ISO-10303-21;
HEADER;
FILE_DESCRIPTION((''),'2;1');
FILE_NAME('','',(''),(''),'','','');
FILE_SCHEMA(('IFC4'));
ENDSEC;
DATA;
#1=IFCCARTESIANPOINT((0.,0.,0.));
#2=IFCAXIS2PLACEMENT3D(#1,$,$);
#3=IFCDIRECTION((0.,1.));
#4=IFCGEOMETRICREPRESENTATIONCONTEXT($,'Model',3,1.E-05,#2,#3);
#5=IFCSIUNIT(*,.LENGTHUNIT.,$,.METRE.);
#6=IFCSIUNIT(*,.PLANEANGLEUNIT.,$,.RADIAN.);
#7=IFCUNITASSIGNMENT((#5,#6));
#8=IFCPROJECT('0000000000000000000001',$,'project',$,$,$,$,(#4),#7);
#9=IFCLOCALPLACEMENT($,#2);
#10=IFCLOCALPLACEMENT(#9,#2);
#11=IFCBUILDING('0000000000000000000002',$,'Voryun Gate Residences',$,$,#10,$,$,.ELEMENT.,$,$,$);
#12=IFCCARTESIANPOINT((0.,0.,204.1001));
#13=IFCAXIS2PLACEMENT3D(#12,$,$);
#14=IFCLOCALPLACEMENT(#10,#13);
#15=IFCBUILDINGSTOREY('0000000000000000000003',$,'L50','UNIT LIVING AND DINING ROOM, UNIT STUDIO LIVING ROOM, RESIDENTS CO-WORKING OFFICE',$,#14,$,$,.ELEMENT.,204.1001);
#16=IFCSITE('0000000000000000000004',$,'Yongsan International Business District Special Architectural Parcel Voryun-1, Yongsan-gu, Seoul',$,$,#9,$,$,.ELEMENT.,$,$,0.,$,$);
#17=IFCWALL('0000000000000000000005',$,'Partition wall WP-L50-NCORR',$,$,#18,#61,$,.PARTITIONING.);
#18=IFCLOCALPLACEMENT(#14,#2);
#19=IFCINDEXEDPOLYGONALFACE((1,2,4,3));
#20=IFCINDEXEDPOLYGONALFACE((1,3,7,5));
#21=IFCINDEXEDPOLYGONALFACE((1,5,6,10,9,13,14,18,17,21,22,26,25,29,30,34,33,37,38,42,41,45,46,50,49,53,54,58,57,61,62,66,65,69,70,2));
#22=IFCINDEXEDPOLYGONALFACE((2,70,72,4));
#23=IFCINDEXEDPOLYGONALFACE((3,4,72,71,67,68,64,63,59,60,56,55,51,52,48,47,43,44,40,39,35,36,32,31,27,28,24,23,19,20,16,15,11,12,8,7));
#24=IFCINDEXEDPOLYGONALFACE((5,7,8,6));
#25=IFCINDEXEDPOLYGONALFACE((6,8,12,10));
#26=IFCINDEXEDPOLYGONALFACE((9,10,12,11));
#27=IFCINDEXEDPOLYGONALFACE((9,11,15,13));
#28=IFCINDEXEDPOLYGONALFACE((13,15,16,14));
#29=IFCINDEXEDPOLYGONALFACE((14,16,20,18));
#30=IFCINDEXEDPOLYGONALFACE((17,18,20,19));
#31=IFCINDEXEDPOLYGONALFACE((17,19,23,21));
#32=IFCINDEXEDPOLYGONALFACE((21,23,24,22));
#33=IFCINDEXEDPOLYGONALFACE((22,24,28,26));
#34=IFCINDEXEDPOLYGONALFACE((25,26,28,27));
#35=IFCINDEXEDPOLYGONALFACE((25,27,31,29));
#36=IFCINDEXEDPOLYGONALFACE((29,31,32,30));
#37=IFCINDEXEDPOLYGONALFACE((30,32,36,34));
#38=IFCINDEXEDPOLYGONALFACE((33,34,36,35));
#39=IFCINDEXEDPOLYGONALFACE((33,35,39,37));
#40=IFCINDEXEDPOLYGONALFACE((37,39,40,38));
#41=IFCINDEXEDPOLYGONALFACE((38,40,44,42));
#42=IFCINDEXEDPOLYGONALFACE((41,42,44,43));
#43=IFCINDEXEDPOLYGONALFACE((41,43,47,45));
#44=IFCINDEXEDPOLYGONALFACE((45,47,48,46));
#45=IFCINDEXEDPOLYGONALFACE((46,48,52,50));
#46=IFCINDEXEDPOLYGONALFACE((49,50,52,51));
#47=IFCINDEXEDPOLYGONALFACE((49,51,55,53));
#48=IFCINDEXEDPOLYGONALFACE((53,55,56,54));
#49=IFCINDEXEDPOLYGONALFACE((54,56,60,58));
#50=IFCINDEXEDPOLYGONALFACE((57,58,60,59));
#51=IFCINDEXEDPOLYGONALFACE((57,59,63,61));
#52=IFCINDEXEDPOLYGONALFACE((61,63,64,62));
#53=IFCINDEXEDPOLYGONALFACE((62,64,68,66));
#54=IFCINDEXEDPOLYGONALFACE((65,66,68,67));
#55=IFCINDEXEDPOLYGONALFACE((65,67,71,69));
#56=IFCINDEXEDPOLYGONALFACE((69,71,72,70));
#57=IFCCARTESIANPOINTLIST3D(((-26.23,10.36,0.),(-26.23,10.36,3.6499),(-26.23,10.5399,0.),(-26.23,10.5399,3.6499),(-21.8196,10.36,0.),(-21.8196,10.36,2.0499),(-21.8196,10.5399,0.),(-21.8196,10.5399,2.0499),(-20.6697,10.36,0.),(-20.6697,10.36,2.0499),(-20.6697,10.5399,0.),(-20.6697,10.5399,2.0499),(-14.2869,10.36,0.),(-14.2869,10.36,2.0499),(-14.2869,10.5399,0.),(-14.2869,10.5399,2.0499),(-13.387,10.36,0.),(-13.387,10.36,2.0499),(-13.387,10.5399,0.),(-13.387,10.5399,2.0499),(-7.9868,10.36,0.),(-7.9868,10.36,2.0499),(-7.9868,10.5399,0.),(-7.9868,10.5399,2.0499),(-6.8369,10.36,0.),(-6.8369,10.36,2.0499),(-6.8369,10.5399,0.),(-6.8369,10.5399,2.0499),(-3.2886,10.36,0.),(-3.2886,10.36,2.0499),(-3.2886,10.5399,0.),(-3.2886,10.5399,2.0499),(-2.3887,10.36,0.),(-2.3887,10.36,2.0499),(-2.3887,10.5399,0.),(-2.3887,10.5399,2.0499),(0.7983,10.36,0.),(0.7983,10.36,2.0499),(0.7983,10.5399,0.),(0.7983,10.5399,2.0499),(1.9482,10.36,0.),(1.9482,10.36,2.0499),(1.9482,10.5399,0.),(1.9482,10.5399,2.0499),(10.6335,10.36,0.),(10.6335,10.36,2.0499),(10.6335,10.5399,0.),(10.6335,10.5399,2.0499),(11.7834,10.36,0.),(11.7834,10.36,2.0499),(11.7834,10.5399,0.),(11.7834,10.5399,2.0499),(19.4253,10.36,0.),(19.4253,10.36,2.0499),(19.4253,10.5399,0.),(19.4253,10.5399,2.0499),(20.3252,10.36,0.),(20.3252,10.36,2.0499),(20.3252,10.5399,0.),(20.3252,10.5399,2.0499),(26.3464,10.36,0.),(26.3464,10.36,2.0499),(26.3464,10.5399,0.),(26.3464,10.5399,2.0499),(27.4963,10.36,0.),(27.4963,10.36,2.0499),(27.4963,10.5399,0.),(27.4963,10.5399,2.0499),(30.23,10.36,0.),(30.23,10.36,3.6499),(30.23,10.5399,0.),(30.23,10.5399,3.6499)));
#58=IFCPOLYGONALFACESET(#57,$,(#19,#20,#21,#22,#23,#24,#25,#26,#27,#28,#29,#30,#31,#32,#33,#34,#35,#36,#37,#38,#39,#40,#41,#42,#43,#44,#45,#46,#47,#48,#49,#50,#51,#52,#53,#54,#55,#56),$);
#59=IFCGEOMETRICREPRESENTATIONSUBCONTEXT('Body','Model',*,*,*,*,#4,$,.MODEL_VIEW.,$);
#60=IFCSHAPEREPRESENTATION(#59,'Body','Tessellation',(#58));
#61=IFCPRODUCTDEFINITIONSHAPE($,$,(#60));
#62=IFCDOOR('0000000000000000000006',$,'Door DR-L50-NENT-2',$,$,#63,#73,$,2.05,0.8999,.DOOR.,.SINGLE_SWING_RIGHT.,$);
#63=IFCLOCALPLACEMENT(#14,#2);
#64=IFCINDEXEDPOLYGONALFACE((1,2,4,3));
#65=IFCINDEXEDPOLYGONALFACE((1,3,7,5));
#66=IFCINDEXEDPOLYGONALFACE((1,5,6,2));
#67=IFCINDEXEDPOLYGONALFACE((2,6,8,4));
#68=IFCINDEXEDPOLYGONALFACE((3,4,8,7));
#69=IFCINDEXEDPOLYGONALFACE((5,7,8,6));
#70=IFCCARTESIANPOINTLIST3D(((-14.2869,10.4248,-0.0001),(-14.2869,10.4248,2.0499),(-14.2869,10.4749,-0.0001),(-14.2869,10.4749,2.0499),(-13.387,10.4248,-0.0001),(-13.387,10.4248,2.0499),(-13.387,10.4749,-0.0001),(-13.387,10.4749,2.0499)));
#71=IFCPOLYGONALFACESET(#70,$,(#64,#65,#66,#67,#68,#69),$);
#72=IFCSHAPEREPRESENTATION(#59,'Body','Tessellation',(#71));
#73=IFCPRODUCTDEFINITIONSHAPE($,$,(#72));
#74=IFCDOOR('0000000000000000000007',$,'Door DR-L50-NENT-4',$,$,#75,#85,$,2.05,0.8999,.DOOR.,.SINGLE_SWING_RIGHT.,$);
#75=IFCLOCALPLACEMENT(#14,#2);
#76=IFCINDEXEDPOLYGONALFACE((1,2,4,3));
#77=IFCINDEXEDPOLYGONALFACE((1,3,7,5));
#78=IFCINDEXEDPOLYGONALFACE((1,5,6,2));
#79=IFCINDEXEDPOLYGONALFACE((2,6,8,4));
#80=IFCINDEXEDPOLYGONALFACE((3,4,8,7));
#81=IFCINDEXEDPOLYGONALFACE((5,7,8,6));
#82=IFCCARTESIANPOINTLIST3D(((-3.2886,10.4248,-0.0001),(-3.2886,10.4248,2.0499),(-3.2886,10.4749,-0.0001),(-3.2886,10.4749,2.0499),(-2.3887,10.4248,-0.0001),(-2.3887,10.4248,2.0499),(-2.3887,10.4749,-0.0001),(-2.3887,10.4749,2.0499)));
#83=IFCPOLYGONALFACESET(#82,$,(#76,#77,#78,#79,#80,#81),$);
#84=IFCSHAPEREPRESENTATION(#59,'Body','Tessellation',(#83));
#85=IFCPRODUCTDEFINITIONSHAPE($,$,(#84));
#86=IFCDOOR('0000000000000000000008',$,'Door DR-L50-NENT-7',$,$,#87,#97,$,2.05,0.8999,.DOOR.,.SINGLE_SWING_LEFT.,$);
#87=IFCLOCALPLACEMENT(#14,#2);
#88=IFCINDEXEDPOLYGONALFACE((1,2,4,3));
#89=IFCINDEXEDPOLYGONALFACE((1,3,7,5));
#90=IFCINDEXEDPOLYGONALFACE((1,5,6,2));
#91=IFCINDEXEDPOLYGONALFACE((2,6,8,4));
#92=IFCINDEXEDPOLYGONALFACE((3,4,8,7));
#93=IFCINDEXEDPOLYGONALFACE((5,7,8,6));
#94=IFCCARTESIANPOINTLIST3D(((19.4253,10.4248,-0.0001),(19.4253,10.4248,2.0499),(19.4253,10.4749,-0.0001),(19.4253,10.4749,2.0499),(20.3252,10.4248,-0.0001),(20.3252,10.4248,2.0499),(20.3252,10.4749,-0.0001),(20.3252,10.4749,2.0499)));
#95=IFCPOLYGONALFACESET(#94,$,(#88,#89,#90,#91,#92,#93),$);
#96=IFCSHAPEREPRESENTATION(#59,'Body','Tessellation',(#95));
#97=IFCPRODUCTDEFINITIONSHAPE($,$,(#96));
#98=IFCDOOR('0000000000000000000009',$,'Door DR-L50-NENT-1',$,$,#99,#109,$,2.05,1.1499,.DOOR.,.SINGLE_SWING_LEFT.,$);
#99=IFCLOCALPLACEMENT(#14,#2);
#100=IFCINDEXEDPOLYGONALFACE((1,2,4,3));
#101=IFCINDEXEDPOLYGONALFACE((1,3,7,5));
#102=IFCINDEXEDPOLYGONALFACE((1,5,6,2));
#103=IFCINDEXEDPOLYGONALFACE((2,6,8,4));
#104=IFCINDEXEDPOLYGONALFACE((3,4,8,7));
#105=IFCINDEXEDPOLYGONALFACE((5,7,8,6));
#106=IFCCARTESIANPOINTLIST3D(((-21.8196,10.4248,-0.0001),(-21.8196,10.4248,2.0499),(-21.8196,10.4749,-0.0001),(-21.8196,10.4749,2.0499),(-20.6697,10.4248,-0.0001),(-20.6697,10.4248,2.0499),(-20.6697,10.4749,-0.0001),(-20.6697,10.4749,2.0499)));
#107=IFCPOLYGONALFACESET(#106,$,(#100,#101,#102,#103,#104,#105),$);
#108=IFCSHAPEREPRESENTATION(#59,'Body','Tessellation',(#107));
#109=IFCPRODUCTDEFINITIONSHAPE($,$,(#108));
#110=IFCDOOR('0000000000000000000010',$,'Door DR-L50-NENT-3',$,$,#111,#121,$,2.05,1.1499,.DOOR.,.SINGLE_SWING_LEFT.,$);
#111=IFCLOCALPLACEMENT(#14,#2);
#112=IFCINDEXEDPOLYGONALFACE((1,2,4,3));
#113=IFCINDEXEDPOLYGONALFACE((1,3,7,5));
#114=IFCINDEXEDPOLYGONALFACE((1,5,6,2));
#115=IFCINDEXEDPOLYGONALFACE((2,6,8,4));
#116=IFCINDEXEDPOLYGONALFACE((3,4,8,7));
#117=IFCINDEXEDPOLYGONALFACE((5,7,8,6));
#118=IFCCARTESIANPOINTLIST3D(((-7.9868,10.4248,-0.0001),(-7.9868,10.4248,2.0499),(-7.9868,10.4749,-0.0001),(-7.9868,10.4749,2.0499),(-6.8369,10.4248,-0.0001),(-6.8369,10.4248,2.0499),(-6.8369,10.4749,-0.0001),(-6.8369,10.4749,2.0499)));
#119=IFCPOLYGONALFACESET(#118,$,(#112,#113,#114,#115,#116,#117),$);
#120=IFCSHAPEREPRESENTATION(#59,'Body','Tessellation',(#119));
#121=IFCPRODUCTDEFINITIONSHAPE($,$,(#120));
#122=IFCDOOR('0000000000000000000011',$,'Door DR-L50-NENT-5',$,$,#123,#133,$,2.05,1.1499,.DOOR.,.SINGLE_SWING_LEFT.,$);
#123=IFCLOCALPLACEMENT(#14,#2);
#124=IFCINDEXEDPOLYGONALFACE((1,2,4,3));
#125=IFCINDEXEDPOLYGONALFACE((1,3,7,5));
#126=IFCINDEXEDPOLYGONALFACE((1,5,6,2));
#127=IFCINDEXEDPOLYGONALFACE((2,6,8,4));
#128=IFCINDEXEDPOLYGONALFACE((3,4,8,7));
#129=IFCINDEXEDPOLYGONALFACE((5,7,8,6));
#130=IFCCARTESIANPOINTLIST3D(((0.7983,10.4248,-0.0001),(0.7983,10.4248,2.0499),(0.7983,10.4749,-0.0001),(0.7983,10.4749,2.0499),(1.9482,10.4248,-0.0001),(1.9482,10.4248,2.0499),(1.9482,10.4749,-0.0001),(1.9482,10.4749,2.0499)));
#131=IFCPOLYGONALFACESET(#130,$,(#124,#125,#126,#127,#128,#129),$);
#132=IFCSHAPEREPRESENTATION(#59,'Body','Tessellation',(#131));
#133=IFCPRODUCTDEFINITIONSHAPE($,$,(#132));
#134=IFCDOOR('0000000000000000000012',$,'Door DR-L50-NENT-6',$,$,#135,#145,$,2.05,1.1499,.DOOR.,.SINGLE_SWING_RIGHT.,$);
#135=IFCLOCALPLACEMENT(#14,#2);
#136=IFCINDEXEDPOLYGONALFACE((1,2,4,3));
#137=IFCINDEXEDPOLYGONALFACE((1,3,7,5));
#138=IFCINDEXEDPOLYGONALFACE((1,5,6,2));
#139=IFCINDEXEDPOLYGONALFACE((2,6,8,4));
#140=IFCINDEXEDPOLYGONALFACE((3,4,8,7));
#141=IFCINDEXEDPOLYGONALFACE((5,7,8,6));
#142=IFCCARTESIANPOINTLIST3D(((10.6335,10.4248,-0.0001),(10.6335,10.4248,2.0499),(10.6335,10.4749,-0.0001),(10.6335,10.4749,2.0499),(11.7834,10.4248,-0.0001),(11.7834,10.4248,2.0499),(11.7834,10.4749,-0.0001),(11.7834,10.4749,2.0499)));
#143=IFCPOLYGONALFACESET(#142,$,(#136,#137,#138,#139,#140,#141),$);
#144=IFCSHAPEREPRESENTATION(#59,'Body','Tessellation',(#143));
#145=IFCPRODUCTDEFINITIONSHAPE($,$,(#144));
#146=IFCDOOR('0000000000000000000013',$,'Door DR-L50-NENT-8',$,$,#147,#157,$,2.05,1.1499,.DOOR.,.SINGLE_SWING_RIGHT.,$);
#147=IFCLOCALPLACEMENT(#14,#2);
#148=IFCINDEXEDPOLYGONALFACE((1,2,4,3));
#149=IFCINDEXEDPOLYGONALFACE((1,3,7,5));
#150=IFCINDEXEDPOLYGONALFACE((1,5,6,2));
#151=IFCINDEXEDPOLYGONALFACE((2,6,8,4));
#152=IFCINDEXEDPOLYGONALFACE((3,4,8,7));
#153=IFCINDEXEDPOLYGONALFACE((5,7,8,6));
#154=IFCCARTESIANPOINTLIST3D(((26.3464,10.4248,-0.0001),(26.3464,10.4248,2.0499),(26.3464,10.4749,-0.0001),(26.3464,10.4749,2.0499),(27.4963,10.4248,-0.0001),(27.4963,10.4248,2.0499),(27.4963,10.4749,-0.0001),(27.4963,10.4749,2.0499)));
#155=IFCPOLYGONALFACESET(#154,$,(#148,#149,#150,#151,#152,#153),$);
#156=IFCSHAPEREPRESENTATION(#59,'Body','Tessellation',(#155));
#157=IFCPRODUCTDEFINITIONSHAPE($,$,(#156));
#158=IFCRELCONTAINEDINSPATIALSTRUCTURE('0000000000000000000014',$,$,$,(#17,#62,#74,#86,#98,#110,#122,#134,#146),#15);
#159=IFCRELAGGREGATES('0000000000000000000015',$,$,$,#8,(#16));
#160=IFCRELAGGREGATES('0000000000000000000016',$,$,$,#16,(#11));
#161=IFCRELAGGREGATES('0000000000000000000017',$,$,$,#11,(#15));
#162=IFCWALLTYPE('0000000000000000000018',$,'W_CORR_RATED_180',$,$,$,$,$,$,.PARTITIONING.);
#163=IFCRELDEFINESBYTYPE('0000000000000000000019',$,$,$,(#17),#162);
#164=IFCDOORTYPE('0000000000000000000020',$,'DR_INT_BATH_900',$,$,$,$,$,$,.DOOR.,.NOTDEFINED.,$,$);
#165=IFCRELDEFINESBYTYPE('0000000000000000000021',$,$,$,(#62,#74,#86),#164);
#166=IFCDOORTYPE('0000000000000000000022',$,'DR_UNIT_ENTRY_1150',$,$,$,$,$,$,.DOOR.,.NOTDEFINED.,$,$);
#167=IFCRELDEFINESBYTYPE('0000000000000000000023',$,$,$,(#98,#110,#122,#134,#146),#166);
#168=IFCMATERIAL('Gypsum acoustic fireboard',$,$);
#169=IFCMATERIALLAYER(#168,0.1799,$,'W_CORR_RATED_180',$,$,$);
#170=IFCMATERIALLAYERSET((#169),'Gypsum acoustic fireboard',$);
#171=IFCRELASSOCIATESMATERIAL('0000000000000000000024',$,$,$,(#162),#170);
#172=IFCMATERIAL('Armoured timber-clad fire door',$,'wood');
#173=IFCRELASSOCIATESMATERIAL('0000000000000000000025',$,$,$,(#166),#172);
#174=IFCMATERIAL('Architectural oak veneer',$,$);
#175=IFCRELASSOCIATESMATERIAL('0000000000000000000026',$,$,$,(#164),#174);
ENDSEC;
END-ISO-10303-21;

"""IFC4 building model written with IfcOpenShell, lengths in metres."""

from ifc_helpers import new_model, si_unit, direction, frame, frame_2d, origin, place, context, subcontext, project, spatial, rectangle, extrude, material, layer, layer_set, type_object, element, fill, save


model = new_model("IFC4")

# Units and contexts
model_context = context("Model", 3, precision=1e-05, world=origin(), true_north=direction((0.0, 1.0)))
body_context = subcontext(model_context, "Body", "Model", "MODEL_VIEW")
ifc_project = project(units=[si_unit("LENGTHUNIT", "METRE"), si_unit("PLANEANGLEUNIT", "RADIAN")], contexts=[model_context])

# Site, building, storey
site_placement = place(None, origin())
site = spatial("IfcSite", under=ifc_project, at=site_placement, Name="Yongsan International Business District Special Architectural Parcel Voryun-1, Yongsan-gu, Seoul", CompositionType="ELEMENT", RefElevation=0.0)
building_placement = place(site_placement, origin())
building = spatial("IfcBuilding", under=site, at=building_placement, Name="Voryun Gate Residences", CompositionType="ELEMENT")
storey_placement = place(building_placement, frame((0.0, 0.0, 204.1001)))
storey = spatial("IfcBuildingStorey", under=building, at=storey_placement, Name="L50", Description="UNIT LIVING AND DINING ROOM, UNIT STUDIO LIVING ROOM, RESIDENTS CO-WORKING OFFICE", CompositionType="ELEMENT", Elevation=204.1001)

# Shared definitions
ifc_material_1 = material(Name="Gypsum acoustic fireboard")
ifc_layer_1 = layer(ifc_material_1, 0.1799, Name="W_CORR_RATED_180")
ifc_layer_set_1 = layer_set([ifc_layer_1], Name="Gypsum acoustic fireboard")
wall_type_1 = type_object("IfcWallType", Name="W_CORR_RATED_180", PredefinedType="PARTITIONING", material=ifc_layer_set_1)
ifc_material_2 = material(Name="Armoured timber-clad fire door", Category="wood")
door_type_1 = type_object("IfcDoorType", Name="DR_UNIT_ENTRY_1150", OperationType="NOTDEFINED", PredefinedType="DOOR", material=ifc_material_2)

# Wall, openings, doors
wall_1_placement = place(storey_placement, frame((-26.23, 10.45, 0.0), z_axis=(0.0, 0.0, 1.0), x_axis=(1.0, 0.0, 0.0)))
wall_1 = element("IfcWall", 1, at=wall_1_placement, inside=storey, type_object=wall_type_1, Name="Partition wall WP-L50-NCORR", PredefinedType="PARTITIONING", context=body_context, shape_type="SweptSolid", body=[
    extrude(rectangle(XDim=56.46, YDim=0.1799, at=frame_2d((28.23, 0.0))), origin(), (0.0, 0.0, 1.0), 3.6499),
])
opening_1_placement = place(wall_1_placement, frame((4.4104, 0.0, 0.0)))
opening_1 = element("IfcOpeningElement", 2, at=opening_1_placement, cuts=wall_1, PredefinedType="OPENING", context=body_context, shape_type="SweptSolid", body=[
    extrude(rectangle(XDim=1.1499, YDim=2.05, at=frame_2d((0.575, 1.0249))), frame((0.0, 0.0999, 0.0), z_axis=(0.0, -1.0, 0.0), x_axis=(1.0, 0.0, 0.0)), (0.0, 0.0, 1.0), 0.2),
])
opening_2_placement = place(wall_1_placement, frame((11.9431, 0.0, 0.0)))
opening_2 = element("IfcOpeningElement", 3, at=opening_2_placement, cuts=wall_1, PredefinedType="OPENING", context=body_context, shape_type="SweptSolid", body=[
    extrude(rectangle(XDim=0.8999, YDim=2.05, at=frame_2d((0.45, 1.0249))), frame((0.0, 0.0999, 0.0), z_axis=(0.0, -1.0, 0.0), x_axis=(1.0, 0.0, 0.0)), (0.0, 0.0, 1.0), 0.2),
])
opening_3_placement = place(wall_1_placement, frame((18.2432, 0.0, 0.0)))
opening_3 = element("IfcOpeningElement", 4, at=opening_3_placement, cuts=wall_1, PredefinedType="OPENING", context=body_context, shape_type="SweptSolid", body=[
    extrude(rectangle(XDim=1.1499, YDim=2.05, at=frame_2d((0.575, 1.0249))), frame((0.0, 0.0999, 0.0), z_axis=(0.0, -1.0, 0.0), x_axis=(1.0, 0.0, 0.0)), (0.0, 0.0, 1.0), 0.2),
])
opening_4_placement = place(wall_1_placement, frame((22.9414, 0.0, 0.0)))
opening_4 = element("IfcOpeningElement", 5, at=opening_4_placement, cuts=wall_1, PredefinedType="OPENING", context=body_context, shape_type="SweptSolid", body=[
    extrude(rectangle(XDim=0.8999, YDim=2.05, at=frame_2d((0.45, 1.0249))), frame((0.0, 0.0999, 0.0), z_axis=(0.0, -1.0, 0.0), x_axis=(1.0, 0.0, 0.0)), (0.0, 0.0, 1.0), 0.2),
])
opening_5_placement = place(wall_1_placement, frame((27.0283, 0.0, 0.0)))
opening_5 = element("IfcOpeningElement", 6, at=opening_5_placement, cuts=wall_1, PredefinedType="OPENING", context=body_context, shape_type="SweptSolid", body=[
    extrude(rectangle(XDim=1.1499, YDim=2.05, at=frame_2d((0.575, 1.0249))), frame((0.0, 0.0999, 0.0), z_axis=(0.0, -1.0, 0.0), x_axis=(1.0, 0.0, 0.0)), (0.0, 0.0, 1.0), 0.2),
])
opening_6_placement = place(wall_1_placement, frame((36.8635, 0.0, 0.0)))
opening_6 = element("IfcOpeningElement", 7, at=opening_6_placement, cuts=wall_1, PredefinedType="OPENING", context=body_context, shape_type="SweptSolid", body=[
    extrude(rectangle(XDim=1.1499, YDim=2.05, at=frame_2d((0.575, 1.0249))), frame((0.0, 0.0999, 0.0), z_axis=(0.0, -1.0, 0.0), x_axis=(1.0, 0.0, 0.0)), (0.0, 0.0, 1.0), 0.2),
])
opening_7_placement = place(wall_1_placement, frame((45.6553, 0.0, 0.0)))
opening_7 = element("IfcOpeningElement", 8, at=opening_7_placement, cuts=wall_1, PredefinedType="OPENING", context=body_context, shape_type="SweptSolid", body=[
    extrude(rectangle(XDim=0.8999, YDim=2.05, at=frame_2d((0.45, 1.0249))), frame((0.0, 0.0999, 0.0), z_axis=(0.0, -1.0, 0.0), x_axis=(1.0, 0.0, 0.0)), (0.0, 0.0, 1.0), 0.2),
])
opening_8_placement = place(wall_1_placement, frame((52.5764, 0.0, 0.0)))
opening_8 = element("IfcOpeningElement", 9, at=opening_8_placement, cuts=wall_1, PredefinedType="OPENING", context=body_context, shape_type="SweptSolid", body=[
    extrude(rectangle(XDim=1.1499, YDim=2.05, at=frame_2d((0.575, 1.0249))), frame((0.0, 0.0999, 0.0), z_axis=(0.0, -1.0, 0.0), x_axis=(1.0, 0.0, 0.0)), (0.0, 0.0, 1.0), 0.2),
])
ifc_material_3 = material(Name="Architectural oak veneer")
door_type_2 = type_object("IfcDoorType", Name="DR_INT_BATH_900", OperationType="NOTDEFINED", PredefinedType="DOOR", material=ifc_material_3)
door_1_placement = place(opening_2_placement, origin())
door_1 = element("IfcDoor", 10, at=door_1_placement, inside=storey, type_object=door_type_2, Name="Door DR-L50-NENT-2", OperationType="SINGLE_SWING_RIGHT", OverallHeight=2.05, OverallWidth=0.8999, PredefinedType="DOOR", context=body_context, shape_type="SweptSolid", body=[
    extrude(rectangle(XDim=0.8999, YDim=2.05, at=frame_2d((0.45, 1.0249))), frame((0.0, 0.0249, 0.0), z_axis=(0.0, -1.0, 0.0), x_axis=(1.0, 0.0, 0.0)), (0.0, 0.0, 1.0), 0.05),
])
fill(opening_2, door_1)
door_2_placement = place(opening_4_placement, origin())
door_2 = element("IfcDoor", 11, at=door_2_placement, inside=storey, type_object=door_type_2, Name="Door DR-L50-NENT-4", OperationType="SINGLE_SWING_RIGHT", OverallHeight=2.05, OverallWidth=0.8999, PredefinedType="DOOR", context=body_context, shape_type="SweptSolid", body=[
    extrude(rectangle(XDim=0.8999, YDim=2.05, at=frame_2d((0.45, 1.0249))), frame((0.0, 0.0249, 0.0), z_axis=(0.0, -1.0, 0.0), x_axis=(1.0, 0.0, 0.0)), (0.0, 0.0, 1.0), 0.05),
])
fill(opening_4, door_2)
door_3_placement = place(opening_7_placement, origin())
door_3 = element("IfcDoor", 12, at=door_3_placement, inside=storey, type_object=door_type_2, Name="Door DR-L50-NENT-7", OperationType="SINGLE_SWING_LEFT", OverallHeight=2.05, OverallWidth=0.8999, PredefinedType="DOOR", context=body_context, shape_type="SweptSolid", body=[
    extrude(rectangle(XDim=0.8999, YDim=2.05, at=frame_2d((0.45, 1.0249))), frame((0.0, 0.0249, 0.0), z_axis=(0.0, -1.0, 0.0), x_axis=(1.0, 0.0, 0.0)), (0.0, 0.0, 1.0), 0.05),
])
fill(opening_7, door_3)
door_4_placement = place(opening_1_placement, origin())
door_4 = element("IfcDoor", 13, at=door_4_placement, inside=storey, type_object=door_type_1, Name="Door DR-L50-NENT-1", OperationType="SINGLE_SWING_LEFT", OverallHeight=2.05, OverallWidth=1.1499, PredefinedType="DOOR", context=body_context, shape_type="SweptSolid", body=[
    extrude(rectangle(XDim=1.1499, YDim=2.05, at=frame_2d((0.575, 1.0249))), frame((0.0, 0.0249, 0.0), z_axis=(0.0, -1.0, 0.0), x_axis=(1.0, 0.0, 0.0)), (0.0, 0.0, 1.0), 0.05),
])
fill(opening_1, door_4)
door_5_placement = place(opening_3_placement, origin())
door_5 = element("IfcDoor", 14, at=door_5_placement, inside=storey, type_object=door_type_1, Name="Door DR-L50-NENT-3", OperationType="SINGLE_SWING_LEFT", OverallHeight=2.05, OverallWidth=1.1499, PredefinedType="DOOR", context=body_context, shape_type="SweptSolid", body=[
    extrude(rectangle(XDim=1.1499, YDim=2.05, at=frame_2d((0.575, 1.0249))), frame((0.0, 0.0249, 0.0), z_axis=(0.0, -1.0, 0.0), x_axis=(1.0, 0.0, 0.0)), (0.0, 0.0, 1.0), 0.05),
])
fill(opening_3, door_5)
door_6_placement = place(opening_5_placement, origin())
door_6 = element("IfcDoor", 15, at=door_6_placement, inside=storey, type_object=door_type_1, Name="Door DR-L50-NENT-5", OperationType="SINGLE_SWING_LEFT", OverallHeight=2.05, OverallWidth=1.1499, PredefinedType="DOOR", context=body_context, shape_type="SweptSolid", body=[
    extrude(rectangle(XDim=1.1499, YDim=2.05, at=frame_2d((0.575, 1.0249))), frame((0.0, 0.0249, 0.0), z_axis=(0.0, -1.0, 0.0), x_axis=(1.0, 0.0, 0.0)), (0.0, 0.0, 1.0), 0.05),
])
fill(opening_5, door_6)
door_7_placement = place(opening_6_placement, origin())
door_7 = element("IfcDoor", 16, at=door_7_placement, inside=storey, type_object=door_type_1, Name="Door DR-L50-NENT-6", OperationType="SINGLE_SWING_RIGHT", OverallHeight=2.05, OverallWidth=1.1499, PredefinedType="DOOR", context=body_context, shape_type="SweptSolid", body=[
    extrude(rectangle(XDim=1.1499, YDim=2.05, at=frame_2d((0.575, 1.0249))), frame((0.0, 0.0249, 0.0), z_axis=(0.0, -1.0, 0.0), x_axis=(1.0, 0.0, 0.0)), (0.0, 0.0, 1.0), 0.05),
])
fill(opening_6, door_7)
door_8_placement = place(opening_8_placement, origin())
door_8 = element("IfcDoor", 17, at=door_8_placement, inside=storey, type_object=door_type_1, Name="Door DR-L50-NENT-8", OperationType="SINGLE_SWING_RIGHT", OverallHeight=2.05, OverallWidth=1.1499, PredefinedType="DOOR", context=body_context, shape_type="SweptSolid", body=[
    extrude(rectangle(XDim=1.1499, YDim=2.05, at=frame_2d((0.575, 1.0249))), frame((0.0, 0.0249, 0.0), z_axis=(0.0, -1.0, 0.0), x_axis=(1.0, 0.0, 0.0)), (0.0, 0.0, 1.0), 0.05),
])
fill(opening_8, door_8)

save(model, "model.ifc")
